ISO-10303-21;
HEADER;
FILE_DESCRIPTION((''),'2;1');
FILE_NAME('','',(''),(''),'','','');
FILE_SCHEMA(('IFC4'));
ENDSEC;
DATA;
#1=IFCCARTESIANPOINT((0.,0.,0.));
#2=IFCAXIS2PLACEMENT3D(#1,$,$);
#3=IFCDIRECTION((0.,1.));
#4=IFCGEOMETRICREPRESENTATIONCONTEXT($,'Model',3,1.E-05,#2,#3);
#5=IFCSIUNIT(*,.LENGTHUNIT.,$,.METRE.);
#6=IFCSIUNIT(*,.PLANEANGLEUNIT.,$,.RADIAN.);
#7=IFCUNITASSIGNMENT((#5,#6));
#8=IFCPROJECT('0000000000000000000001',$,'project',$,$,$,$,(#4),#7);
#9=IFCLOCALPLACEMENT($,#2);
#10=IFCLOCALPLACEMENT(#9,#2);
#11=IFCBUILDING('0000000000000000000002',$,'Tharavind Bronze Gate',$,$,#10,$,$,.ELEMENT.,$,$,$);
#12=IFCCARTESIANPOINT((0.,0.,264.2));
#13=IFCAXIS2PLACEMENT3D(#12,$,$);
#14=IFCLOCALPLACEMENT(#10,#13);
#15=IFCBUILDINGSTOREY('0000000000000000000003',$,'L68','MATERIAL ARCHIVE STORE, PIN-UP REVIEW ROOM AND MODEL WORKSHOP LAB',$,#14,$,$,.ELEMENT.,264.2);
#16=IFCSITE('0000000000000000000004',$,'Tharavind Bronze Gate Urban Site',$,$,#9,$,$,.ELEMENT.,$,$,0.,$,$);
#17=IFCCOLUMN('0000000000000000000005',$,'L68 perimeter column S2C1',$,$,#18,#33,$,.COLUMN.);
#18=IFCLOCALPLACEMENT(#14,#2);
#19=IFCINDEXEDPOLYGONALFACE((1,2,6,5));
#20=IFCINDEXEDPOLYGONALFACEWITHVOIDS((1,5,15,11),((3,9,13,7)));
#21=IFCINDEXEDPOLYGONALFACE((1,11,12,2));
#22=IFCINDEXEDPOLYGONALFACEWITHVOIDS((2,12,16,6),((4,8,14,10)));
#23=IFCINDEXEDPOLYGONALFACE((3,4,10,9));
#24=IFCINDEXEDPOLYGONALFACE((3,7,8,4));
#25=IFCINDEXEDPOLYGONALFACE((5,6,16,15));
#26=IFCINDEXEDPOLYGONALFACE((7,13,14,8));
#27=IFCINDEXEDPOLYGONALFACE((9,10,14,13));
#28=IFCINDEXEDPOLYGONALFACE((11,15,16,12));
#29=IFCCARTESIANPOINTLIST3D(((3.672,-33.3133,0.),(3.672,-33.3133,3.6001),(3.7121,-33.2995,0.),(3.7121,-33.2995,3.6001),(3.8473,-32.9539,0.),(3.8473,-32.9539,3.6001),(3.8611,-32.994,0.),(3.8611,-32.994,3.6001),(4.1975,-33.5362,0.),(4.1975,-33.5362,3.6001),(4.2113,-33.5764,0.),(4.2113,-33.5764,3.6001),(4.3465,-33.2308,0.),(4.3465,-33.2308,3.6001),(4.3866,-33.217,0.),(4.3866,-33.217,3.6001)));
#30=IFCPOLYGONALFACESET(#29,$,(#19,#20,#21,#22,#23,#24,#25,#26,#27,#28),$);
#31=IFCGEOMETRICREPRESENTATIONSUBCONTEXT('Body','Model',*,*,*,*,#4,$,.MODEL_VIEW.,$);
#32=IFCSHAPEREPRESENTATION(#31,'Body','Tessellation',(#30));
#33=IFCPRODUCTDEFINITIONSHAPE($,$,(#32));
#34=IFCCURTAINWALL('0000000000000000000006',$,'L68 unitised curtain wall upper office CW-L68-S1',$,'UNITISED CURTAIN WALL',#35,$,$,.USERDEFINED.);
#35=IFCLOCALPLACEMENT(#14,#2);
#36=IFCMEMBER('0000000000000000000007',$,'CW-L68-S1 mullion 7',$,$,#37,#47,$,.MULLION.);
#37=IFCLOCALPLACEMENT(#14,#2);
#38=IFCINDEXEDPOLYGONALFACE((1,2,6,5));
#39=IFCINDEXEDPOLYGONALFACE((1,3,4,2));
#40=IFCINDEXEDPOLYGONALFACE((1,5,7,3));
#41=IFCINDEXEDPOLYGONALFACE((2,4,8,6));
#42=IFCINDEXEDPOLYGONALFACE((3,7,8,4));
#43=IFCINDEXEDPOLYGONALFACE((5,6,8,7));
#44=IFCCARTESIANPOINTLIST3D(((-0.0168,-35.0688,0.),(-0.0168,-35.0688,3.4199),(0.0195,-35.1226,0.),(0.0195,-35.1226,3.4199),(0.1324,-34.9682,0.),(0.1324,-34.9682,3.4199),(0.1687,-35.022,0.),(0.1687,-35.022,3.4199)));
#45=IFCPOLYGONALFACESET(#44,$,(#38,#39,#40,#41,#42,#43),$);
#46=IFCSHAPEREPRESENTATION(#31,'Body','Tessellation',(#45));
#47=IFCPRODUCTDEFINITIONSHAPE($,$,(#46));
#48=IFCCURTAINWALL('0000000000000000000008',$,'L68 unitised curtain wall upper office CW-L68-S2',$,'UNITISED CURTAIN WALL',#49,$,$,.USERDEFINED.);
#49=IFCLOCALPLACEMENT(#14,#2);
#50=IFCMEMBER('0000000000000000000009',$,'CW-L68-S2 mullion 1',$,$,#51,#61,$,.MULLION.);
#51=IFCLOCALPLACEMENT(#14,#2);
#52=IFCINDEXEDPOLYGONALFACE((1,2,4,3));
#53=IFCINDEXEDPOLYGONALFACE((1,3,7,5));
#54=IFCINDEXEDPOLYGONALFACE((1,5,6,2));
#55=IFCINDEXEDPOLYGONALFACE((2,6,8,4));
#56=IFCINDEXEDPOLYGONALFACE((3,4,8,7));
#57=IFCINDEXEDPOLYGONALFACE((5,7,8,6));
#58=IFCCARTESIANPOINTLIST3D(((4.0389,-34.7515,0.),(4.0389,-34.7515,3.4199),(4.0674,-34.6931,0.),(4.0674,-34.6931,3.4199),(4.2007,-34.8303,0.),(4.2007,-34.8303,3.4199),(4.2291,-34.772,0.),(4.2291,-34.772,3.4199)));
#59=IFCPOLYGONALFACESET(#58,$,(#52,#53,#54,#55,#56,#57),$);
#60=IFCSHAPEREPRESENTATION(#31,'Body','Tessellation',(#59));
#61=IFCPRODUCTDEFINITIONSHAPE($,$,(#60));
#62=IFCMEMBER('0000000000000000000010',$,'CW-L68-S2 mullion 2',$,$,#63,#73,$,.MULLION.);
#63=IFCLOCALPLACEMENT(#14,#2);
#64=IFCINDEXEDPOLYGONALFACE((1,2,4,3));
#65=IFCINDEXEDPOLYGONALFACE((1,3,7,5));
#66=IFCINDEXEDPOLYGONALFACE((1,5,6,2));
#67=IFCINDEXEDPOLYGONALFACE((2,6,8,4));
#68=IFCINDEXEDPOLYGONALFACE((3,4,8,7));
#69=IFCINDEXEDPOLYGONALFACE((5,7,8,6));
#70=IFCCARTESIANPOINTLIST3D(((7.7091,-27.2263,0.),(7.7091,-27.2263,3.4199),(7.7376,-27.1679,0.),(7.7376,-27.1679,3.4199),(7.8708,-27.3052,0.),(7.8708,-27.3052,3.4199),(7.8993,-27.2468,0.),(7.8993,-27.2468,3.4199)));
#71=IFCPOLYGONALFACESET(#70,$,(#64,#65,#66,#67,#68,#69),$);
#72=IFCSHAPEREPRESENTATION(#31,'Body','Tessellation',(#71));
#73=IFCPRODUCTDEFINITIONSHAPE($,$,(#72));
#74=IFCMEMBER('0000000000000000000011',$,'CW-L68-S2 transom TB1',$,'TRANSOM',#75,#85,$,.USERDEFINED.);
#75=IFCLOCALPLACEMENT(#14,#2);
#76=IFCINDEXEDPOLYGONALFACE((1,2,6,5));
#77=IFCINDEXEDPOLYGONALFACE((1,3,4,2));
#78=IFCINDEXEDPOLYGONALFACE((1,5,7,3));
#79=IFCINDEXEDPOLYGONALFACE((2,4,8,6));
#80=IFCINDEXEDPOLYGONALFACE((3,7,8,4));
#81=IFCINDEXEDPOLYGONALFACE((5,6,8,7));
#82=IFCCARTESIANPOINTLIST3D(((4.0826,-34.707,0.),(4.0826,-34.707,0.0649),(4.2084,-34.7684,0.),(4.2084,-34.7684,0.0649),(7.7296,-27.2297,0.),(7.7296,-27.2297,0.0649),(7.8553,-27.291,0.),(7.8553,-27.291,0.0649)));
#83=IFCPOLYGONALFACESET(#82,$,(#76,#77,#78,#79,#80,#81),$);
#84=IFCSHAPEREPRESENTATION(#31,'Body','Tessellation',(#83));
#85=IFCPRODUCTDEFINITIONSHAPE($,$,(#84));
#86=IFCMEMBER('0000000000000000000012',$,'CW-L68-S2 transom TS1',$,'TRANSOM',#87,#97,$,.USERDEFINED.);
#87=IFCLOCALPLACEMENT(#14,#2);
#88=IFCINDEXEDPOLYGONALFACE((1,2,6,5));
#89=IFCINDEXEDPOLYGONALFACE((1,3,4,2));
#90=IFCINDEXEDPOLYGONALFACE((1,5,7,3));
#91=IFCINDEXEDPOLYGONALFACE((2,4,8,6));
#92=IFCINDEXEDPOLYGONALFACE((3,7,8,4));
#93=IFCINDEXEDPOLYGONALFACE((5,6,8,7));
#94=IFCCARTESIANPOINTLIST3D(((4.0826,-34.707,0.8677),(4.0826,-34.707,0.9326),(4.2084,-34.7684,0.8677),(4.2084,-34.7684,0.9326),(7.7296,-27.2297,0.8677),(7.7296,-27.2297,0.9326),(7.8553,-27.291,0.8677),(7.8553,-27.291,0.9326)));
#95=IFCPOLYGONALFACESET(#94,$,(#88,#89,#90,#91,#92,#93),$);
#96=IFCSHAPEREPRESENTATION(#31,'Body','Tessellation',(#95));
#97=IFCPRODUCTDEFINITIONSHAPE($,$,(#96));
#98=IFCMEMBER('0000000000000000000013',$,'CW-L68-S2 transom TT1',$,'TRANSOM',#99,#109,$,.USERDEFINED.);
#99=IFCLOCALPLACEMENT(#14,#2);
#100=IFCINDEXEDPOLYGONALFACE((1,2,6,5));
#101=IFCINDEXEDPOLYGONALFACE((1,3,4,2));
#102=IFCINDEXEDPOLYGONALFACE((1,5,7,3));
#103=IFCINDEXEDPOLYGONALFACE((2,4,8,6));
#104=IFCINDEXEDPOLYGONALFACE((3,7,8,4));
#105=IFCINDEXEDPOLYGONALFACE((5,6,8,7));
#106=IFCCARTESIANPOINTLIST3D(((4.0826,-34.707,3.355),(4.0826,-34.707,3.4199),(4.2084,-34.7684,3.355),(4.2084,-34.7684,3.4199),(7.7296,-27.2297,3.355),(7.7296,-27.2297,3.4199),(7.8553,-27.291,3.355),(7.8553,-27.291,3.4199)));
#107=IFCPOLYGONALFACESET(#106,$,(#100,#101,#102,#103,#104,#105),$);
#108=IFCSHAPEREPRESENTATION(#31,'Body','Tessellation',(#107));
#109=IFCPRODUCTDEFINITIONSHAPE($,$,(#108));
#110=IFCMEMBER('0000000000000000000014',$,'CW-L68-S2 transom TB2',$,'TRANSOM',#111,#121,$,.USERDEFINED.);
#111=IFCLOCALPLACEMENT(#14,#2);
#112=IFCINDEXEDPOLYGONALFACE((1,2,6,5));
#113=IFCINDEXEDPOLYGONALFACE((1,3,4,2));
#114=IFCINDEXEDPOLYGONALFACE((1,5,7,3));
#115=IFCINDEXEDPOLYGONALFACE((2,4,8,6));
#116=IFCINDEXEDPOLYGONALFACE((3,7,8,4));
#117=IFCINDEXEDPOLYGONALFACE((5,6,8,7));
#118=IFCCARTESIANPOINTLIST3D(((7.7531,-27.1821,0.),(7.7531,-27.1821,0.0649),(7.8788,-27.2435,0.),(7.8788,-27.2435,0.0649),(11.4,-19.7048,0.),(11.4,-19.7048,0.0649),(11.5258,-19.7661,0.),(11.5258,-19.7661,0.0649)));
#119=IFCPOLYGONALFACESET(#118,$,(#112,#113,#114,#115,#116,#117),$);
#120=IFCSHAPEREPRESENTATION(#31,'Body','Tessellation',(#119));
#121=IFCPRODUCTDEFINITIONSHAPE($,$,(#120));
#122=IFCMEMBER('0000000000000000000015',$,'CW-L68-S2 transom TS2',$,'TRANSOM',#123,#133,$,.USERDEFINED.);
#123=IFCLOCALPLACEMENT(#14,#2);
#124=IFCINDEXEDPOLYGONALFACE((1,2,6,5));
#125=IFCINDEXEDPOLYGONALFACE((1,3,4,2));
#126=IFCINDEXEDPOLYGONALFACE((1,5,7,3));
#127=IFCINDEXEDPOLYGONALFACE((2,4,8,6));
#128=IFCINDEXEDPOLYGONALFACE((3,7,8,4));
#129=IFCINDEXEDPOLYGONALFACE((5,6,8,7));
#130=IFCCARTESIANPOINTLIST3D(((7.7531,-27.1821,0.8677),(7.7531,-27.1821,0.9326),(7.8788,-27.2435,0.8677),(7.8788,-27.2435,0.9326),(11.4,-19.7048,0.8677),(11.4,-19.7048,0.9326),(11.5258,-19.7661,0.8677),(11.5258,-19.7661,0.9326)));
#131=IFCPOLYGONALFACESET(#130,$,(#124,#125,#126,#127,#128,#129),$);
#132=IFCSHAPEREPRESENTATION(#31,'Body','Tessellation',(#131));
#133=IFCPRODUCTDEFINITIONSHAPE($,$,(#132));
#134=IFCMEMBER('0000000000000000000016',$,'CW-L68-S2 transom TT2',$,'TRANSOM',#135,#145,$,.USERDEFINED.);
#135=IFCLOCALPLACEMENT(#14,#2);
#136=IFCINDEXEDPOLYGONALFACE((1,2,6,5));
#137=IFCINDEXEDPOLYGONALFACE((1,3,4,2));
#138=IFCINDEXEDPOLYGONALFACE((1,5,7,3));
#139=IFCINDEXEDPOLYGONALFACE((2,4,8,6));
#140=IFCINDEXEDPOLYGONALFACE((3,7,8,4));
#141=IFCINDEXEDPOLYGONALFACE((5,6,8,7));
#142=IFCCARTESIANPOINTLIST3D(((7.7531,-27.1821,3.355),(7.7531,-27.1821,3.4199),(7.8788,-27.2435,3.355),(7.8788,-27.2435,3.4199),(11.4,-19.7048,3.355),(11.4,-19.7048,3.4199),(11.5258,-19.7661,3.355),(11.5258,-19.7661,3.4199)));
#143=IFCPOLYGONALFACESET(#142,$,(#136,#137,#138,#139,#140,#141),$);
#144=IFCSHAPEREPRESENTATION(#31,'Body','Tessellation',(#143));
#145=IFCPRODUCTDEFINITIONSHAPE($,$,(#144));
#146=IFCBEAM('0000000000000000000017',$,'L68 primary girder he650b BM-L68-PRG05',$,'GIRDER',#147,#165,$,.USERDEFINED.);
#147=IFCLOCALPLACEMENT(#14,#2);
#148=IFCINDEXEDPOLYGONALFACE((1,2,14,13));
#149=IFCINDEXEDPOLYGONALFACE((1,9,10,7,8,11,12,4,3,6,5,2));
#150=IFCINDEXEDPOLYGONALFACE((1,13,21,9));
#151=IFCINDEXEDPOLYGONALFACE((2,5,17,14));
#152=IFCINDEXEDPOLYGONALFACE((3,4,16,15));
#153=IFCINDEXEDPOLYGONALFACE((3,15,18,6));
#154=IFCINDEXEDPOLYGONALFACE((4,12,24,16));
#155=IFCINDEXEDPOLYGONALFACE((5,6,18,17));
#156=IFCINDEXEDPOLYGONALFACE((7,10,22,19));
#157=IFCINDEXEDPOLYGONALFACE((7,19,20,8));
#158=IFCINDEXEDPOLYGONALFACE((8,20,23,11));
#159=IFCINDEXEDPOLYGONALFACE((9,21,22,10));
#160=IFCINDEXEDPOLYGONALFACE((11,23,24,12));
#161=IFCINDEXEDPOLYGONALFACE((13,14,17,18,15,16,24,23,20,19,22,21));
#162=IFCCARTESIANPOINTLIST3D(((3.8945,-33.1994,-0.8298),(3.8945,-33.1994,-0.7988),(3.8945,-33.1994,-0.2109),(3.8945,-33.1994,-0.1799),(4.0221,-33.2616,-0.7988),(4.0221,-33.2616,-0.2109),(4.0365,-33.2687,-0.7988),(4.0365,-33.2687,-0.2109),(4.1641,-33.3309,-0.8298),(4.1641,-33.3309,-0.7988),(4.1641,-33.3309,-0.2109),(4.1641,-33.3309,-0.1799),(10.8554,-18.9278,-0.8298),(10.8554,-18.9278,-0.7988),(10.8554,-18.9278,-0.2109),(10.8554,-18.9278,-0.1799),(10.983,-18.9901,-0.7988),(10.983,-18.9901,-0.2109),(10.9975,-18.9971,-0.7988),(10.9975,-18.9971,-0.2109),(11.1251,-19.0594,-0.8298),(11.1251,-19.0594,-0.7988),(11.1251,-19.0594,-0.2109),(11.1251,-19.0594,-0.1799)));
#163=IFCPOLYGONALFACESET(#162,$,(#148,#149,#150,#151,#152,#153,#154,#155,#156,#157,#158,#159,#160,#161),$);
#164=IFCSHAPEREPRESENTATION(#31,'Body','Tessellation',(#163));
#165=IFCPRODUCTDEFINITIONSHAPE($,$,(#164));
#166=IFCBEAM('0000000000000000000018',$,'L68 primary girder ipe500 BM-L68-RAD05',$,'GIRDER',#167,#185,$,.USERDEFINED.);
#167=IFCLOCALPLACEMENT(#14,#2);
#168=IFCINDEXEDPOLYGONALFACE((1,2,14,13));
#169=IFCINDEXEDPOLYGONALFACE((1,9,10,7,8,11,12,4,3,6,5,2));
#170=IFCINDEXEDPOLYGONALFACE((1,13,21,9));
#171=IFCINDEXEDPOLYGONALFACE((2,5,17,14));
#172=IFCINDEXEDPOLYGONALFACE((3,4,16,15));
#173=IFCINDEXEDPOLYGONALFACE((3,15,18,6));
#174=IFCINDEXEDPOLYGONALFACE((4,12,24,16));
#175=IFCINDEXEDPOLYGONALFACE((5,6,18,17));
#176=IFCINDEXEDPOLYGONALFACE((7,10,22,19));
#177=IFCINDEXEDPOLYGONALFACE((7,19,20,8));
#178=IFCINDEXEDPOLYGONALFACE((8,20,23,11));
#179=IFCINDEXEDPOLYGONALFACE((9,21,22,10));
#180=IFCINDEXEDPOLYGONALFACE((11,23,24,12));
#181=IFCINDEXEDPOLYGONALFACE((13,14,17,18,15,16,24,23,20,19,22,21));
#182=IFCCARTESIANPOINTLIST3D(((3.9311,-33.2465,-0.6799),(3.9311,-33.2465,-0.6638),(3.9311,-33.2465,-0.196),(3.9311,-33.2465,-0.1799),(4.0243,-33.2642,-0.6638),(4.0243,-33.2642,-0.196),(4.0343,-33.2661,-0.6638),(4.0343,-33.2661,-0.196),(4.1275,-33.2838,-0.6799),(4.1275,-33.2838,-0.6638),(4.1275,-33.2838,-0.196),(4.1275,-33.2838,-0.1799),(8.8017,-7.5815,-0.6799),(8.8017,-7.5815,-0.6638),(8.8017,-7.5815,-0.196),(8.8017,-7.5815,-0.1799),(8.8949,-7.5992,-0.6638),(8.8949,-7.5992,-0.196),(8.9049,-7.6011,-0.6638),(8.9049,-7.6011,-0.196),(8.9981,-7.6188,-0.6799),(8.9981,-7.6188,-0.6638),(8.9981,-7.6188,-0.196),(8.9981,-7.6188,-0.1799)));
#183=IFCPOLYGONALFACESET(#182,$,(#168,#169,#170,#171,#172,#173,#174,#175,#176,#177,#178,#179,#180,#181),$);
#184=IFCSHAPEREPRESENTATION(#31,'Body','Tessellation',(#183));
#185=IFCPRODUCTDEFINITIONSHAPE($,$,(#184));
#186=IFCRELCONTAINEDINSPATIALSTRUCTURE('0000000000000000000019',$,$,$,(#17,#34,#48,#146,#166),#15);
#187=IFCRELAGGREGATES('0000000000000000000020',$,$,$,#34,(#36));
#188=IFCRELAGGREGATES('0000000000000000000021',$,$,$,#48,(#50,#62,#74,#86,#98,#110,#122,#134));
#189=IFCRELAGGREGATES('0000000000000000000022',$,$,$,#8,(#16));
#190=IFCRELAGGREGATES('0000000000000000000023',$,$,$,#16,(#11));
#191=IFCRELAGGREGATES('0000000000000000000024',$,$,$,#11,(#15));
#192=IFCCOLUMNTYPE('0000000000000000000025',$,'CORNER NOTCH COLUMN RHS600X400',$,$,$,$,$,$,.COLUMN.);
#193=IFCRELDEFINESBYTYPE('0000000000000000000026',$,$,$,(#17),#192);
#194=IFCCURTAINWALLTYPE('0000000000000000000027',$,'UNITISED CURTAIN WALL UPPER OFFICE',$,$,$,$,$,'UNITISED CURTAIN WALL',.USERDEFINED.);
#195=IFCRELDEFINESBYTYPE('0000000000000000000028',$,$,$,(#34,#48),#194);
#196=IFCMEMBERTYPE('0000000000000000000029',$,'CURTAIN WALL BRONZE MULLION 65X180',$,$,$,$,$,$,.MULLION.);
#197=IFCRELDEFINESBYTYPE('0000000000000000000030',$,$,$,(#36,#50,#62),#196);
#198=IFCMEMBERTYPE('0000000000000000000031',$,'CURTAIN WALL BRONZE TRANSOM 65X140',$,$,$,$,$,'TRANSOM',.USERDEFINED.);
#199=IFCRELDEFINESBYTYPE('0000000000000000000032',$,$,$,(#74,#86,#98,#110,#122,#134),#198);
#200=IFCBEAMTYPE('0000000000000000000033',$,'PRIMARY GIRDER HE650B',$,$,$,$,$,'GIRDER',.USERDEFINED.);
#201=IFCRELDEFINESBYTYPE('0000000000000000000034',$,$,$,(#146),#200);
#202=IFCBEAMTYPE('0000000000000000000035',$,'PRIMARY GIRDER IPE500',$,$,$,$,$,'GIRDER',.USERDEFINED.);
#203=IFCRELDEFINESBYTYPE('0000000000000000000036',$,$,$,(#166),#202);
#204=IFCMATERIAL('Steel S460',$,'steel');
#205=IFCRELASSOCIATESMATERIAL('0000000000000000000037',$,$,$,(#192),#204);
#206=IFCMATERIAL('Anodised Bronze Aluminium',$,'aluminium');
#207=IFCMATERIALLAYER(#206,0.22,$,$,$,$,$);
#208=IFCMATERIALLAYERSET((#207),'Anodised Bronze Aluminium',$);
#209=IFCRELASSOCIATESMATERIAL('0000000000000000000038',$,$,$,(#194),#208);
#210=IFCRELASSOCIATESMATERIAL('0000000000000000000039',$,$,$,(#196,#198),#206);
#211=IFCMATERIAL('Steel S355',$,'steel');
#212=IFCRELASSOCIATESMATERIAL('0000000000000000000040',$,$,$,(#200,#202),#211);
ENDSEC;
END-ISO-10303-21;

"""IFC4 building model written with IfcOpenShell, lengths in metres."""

from ifc_helpers import new_model, si_unit, direction, frame, origin, origin_2d, place, context, subcontext, project, spatial, rectangle, hollow_rectangle, i_section, extrude, material, layer, layer_set, material_profile, profile_set, type_object, element, aggregate, save


model = new_model("IFC4")

# Units and contexts
model_context = context("Model", 3, precision=1e-05, world=origin(), true_north=direction((0.0, 1.0)))
body_context = subcontext(model_context, "Body", "Model", "MODEL_VIEW")
ifc_project = project(units=[si_unit("LENGTHUNIT", "METRE"), si_unit("PLANEANGLEUNIT", "RADIAN")], contexts=[model_context])

# Site, building, storey
site_placement = place(None, origin())
site = spatial("IfcSite", under=ifc_project, at=site_placement, Name="Tharavind Bronze Gate Urban Site", CompositionType="ELEMENT", RefElevation=0.0)
building_placement = place(site_placement, origin())
building = spatial("IfcBuilding", under=site, at=building_placement, Name="Tharavind Bronze Gate", CompositionType="ELEMENT")
storey_placement = place(building_placement, frame((0.0, 0.0, 264.2)))
storey = spatial("IfcBuildingStorey", under=building, at=storey_placement, Name="L68", Description="MATERIAL ARCHIVE STORE, PIN-UP REVIEW ROOM AND MODEL WORKSHOP LAB", CompositionType="ELEMENT", Elevation=264.2)

# Column
ifc_material_1 = material(Name="Steel S460", Category="steel")
ifc_material_profile_1 = material_profile(ifc_material_1, hollow_rectangle(XDim=0.3999, YDim=0.6001, WallThickness=0.03, at=origin_2d()), Name="RHS600X400X30")
ifc_profile_set_1 = profile_set([ifc_material_profile_1], Name="Steel S460")
column_type = type_object("IfcColumnType", Name="CORNER NOTCH COLUMN RHS600X400", PredefinedType="COLUMN", material=ifc_profile_set_1)
column_placement = place(storey_placement, frame((4.0293, -33.2651, 0.0), z_axis=(0.0, 0.0, 1.0), x_axis=(0.438373, 0.898793, 0.0)))
element("IfcColumn", 1, at=column_placement, inside=storey, type_object=column_type, Name="L68 perimeter column S2C1", PredefinedType="COLUMN", context=body_context, shape_type="SweptSolid", body=[
    extrude(hollow_rectangle(XDim=0.3999, YDim=0.6001, WallThickness=0.03, at=origin_2d()), origin(), (0.0, 0.0, 1.0), 3.6001),
])

# Curtain wall, member
ifc_material_2 = material(Name="Anodised Bronze Aluminium", Category="aluminium")
ifc_layer_1 = layer(ifc_material_2, 0.22)
ifc_layer_set_1 = layer_set([ifc_layer_1], Name="Anodised Bronze Aluminium")
curtain_wall_type = type_object("IfcCurtainWallType", Name="UNITISED CURTAIN WALL UPPER OFFICE", ElementType="UNITISED CURTAIN WALL", PredefinedType="USERDEFINED", material=ifc_layer_set_1)
curtain_wall_1_placement = place(storey_placement, origin())
curtain_wall_1 = element("IfcCurtainWall", 2, at=curtain_wall_1_placement, inside=storey, type_object=curtain_wall_type, Name="L68 unitised curtain wall upper office CW-L68-S1", ObjectType="UNITISED CURTAIN WALL", PredefinedType="USERDEFINED")
member_type_1 = type_object("IfcMemberType", Name="CURTAIN WALL BRONZE MULLION 65X180", PredefinedType="MULLION", material=ifc_material_2)
member_1_placement = place(storey_placement, frame((0.0759, -35.0454, 0.0), z_axis=(0.0, 0.0, 1.0), x_axis=(0.559191, -0.829039, 0.0)))
member_1 = element("IfcMember", 3, at=member_1_placement, type_object=member_type_1, Name="CW-L68-S1 mullion 7", PredefinedType="MULLION", context=body_context, shape_type="SweptSolid", body=[
    extrude(rectangle(XDim=0.0649, YDim=0.1799, at=origin_2d()), origin(), (0.0, 0.0, 1.0), 3.4199),
])
aggregate(curtain_wall_1, [member_1])

# Curtain wall, members
curtain_wall_2_placement = place(storey_placement, origin())
curtain_wall_2 = element("IfcCurtainWall", 4, at=curtain_wall_2_placement, inside=storey, type_object=curtain_wall_type, Name="L68 unitised curtain wall upper office CW-L68-S2", ObjectType="UNITISED CURTAIN WALL", PredefinedType="USERDEFINED")
member_2_placement = place(storey_placement, frame((4.134, -34.7617, 0.0), z_axis=(0.0, 0.0, 1.0), x_axis=(0.438373, 0.898793, 0.0)))
member_2 = element("IfcMember", 5, at=member_2_placement, type_object=member_type_1, Name="CW-L68-S2 mullion 1", PredefinedType="MULLION", context=body_context, shape_type="SweptSolid", body=[
    extrude(rectangle(XDim=0.0649, YDim=0.1799, at=origin_2d()), origin(), (0.0, 0.0, 1.0), 3.4199),
])
member_3_placement = place(storey_placement, frame((7.8042, -27.2366, 0.0), z_axis=(0.0, 0.0, 1.0), x_axis=(0.438373, 0.898793, 0.0)))
member_3 = element("IfcMember", 6, at=member_3_placement, type_object=member_type_1, Name="CW-L68-S2 mullion 2", PredefinedType="MULLION", context=body_context, shape_type="SweptSolid", body=[
    extrude(rectangle(XDim=0.0649, YDim=0.1799, at=origin_2d()), origin(), (0.0, 0.0, 1.0), 3.4199),
])
member_type_2 = type_object("IfcMemberType", Name="CURTAIN WALL BRONZE TRANSOM 65X140", ElementType="TRANSOM", PredefinedType="USERDEFINED", material=ifc_material_2)
member_4_placement = place(storey_placement, frame((5.969, -30.999, 0.0), z_axis=(0.0, 0.0, 1.0), x_axis=(0.438373, 0.898793, 0.0)))
member_4 = element("IfcMember", 7, at=member_4_placement, type_object=member_type_2, Name="CW-L68-S2 transom TB1", ObjectType="TRANSOM", PredefinedType="USERDEFINED", context=body_context, shape_type="SweptSolid", body=[
    extrude(rectangle(XDim=8.3193, YDim=0.1399, at=origin_2d()), origin(), (0.0, 0.0, 1.0), 0.0649),
])
member_5_placement = place(storey_placement, frame((5.969, -30.999, 0.8677), z_axis=(0.0, 0.0, 1.0), x_axis=(0.438373, 0.898793, 0.0)))
member_5 = element("IfcMember", 8, at=member_5_placement, type_object=member_type_2, Name="CW-L68-S2 transom TS1", ObjectType="TRANSOM", PredefinedType="USERDEFINED", context=body_context, shape_type="SweptSolid", body=[
    extrude(rectangle(XDim=8.3193, YDim=0.1399, at=origin_2d()), origin(), (0.0, 0.0, 1.0), 0.0649),
])
member_6_placement = place(storey_placement, frame((5.969, -30.999, 3.355), z_axis=(0.0, 0.0, 1.0), x_axis=(0.438373, 0.898793, 0.0)))
member_6 = element("IfcMember", 9, at=member_6_placement, type_object=member_type_2, Name="CW-L68-S2 transom TT1", ObjectType="TRANSOM", PredefinedType="USERDEFINED", context=body_context, shape_type="SweptSolid", body=[
    extrude(rectangle(XDim=8.3193, YDim=0.1399, at=origin_2d()), origin(), (0.0, 0.0, 1.0), 0.0649),
])
member_7_placement = place(storey_placement, frame((9.6394, -23.4741, 0.0), z_axis=(0.0, 0.0, 1.0), x_axis=(0.438373, 0.898793, 0.0)))
member_7 = element("IfcMember", 10, at=member_7_placement, type_object=member_type_2, Name="CW-L68-S2 transom TB2", ObjectType="TRANSOM", PredefinedType="USERDEFINED", context=body_context, shape_type="SweptSolid", body=[
    extrude(rectangle(XDim=8.3193, YDim=0.1399, at=origin_2d()), origin(), (0.0, 0.0, 1.0), 0.0649),
])
member_8_placement = place(storey_placement, frame((9.6394, -23.4741, 0.8677), z_axis=(0.0, 0.0, 1.0), x_axis=(0.438373, 0.898793, 0.0)))
member_8 = element("IfcMember", 11, at=member_8_placement, type_object=member_type_2, Name="CW-L68-S2 transom TS2", ObjectType="TRANSOM", PredefinedType="USERDEFINED", context=body_context, shape_type="SweptSolid", body=[
    extrude(rectangle(XDim=8.3193, YDim=0.1399, at=origin_2d()), origin(), (0.0, 0.0, 1.0), 0.0649),
])
member_9_placement = place(storey_placement, frame((9.6394, -23.4741, 3.355), z_axis=(0.0, 0.0, 1.0), x_axis=(0.438373, 0.898793, 0.0)))
member_9 = element("IfcMember", 12, at=member_9_placement, type_object=member_type_2, Name="CW-L68-S2 transom TT2", ObjectType="TRANSOM", PredefinedType="USERDEFINED", context=body_context, shape_type="SweptSolid", body=[
    extrude(rectangle(XDim=8.3193, YDim=0.1399, at=origin_2d()), origin(), (0.0, 0.0, 1.0), 0.0649),
])

# Beams
ifc_material_3 = material(Name="Steel S355", Category="steel")
ifc_material_profile_2 = material_profile(ifc_material_3, i_section(OverallWidth=0.3, OverallDepth=0.6499, WebThickness=0.0161, FlangeThickness=0.031, at=origin_2d()), Name="HE650B")
ifc_profile_set_2 = profile_set([ifc_material_profile_2], Name="Steel S355")
beam_type_1 = type_object("IfcBeamType", Name="PRIMARY GIRDER HE650B", ElementType="GIRDER", PredefinedType="USERDEFINED", material=ifc_profile_set_2)
beam_1_placement = place(storey_placement, frame((4.0293, -33.2651, -0.5049), z_axis=(0.438385, 0.898787, 0.0), x_axis=(-0.898787, 0.438385, 0.0)))
element("IfcBeam", 13, at=beam_1_placement, inside=storey, type_object=beam_type_1, Name="L68 primary girder he650b BM-L68-PRG05", ObjectType="GIRDER", PredefinedType="USERDEFINED", context=body_context, shape_type="SweptSolid", body=[
    extrude(i_section(OverallWidth=0.3, OverallDepth=0.6499, WebThickness=0.0161, FlangeThickness=0.031, at=origin_2d()), origin(), (0.0, 0.0, 1.0), 15.8787),
])
ifc_material_profile_3 = material_profile(ifc_material_3, i_section(OverallWidth=0.2, OverallDepth=0.5, WebThickness=0.0103, FlangeThickness=0.0161, at=origin_2d()), Name="IPE500")
ifc_profile_set_3 = profile_set([ifc_material_profile_3], Name="Steel S355")
beam_type_2 = type_object("IfcBeamType", Name="PRIMARY GIRDER IPE500", ElementType="GIRDER", PredefinedType="USERDEFINED", material=ifc_profile_set_3)
beam_2_placement = place(storey_placement, frame((4.0293, -33.2651, -0.4299), z_axis=(0.186448, 0.982465, 0.0), x_axis=(-0.982465, 0.186448, 0.0)))
element("IfcBeam", 14, at=beam_2_placement, inside=storey, type_object=beam_type_2, Name="L68 primary girder ipe500 BM-L68-RAD05", ObjectType="GIRDER", PredefinedType="USERDEFINED", context=body_context, shape_type="SweptSolid", body=[
    extrude(i_section(OverallWidth=0.2, OverallDepth=0.5, WebThickness=0.0103, FlangeThickness=0.0161, at=origin_2d()), origin(), (0.0, 0.0, 1.0), 26.123),
])

aggregate(curtain_wall_2, [member_2, member_3, member_4, member_5, member_6, member_7, member_8, member_9])

save(model, "model.ifc")
